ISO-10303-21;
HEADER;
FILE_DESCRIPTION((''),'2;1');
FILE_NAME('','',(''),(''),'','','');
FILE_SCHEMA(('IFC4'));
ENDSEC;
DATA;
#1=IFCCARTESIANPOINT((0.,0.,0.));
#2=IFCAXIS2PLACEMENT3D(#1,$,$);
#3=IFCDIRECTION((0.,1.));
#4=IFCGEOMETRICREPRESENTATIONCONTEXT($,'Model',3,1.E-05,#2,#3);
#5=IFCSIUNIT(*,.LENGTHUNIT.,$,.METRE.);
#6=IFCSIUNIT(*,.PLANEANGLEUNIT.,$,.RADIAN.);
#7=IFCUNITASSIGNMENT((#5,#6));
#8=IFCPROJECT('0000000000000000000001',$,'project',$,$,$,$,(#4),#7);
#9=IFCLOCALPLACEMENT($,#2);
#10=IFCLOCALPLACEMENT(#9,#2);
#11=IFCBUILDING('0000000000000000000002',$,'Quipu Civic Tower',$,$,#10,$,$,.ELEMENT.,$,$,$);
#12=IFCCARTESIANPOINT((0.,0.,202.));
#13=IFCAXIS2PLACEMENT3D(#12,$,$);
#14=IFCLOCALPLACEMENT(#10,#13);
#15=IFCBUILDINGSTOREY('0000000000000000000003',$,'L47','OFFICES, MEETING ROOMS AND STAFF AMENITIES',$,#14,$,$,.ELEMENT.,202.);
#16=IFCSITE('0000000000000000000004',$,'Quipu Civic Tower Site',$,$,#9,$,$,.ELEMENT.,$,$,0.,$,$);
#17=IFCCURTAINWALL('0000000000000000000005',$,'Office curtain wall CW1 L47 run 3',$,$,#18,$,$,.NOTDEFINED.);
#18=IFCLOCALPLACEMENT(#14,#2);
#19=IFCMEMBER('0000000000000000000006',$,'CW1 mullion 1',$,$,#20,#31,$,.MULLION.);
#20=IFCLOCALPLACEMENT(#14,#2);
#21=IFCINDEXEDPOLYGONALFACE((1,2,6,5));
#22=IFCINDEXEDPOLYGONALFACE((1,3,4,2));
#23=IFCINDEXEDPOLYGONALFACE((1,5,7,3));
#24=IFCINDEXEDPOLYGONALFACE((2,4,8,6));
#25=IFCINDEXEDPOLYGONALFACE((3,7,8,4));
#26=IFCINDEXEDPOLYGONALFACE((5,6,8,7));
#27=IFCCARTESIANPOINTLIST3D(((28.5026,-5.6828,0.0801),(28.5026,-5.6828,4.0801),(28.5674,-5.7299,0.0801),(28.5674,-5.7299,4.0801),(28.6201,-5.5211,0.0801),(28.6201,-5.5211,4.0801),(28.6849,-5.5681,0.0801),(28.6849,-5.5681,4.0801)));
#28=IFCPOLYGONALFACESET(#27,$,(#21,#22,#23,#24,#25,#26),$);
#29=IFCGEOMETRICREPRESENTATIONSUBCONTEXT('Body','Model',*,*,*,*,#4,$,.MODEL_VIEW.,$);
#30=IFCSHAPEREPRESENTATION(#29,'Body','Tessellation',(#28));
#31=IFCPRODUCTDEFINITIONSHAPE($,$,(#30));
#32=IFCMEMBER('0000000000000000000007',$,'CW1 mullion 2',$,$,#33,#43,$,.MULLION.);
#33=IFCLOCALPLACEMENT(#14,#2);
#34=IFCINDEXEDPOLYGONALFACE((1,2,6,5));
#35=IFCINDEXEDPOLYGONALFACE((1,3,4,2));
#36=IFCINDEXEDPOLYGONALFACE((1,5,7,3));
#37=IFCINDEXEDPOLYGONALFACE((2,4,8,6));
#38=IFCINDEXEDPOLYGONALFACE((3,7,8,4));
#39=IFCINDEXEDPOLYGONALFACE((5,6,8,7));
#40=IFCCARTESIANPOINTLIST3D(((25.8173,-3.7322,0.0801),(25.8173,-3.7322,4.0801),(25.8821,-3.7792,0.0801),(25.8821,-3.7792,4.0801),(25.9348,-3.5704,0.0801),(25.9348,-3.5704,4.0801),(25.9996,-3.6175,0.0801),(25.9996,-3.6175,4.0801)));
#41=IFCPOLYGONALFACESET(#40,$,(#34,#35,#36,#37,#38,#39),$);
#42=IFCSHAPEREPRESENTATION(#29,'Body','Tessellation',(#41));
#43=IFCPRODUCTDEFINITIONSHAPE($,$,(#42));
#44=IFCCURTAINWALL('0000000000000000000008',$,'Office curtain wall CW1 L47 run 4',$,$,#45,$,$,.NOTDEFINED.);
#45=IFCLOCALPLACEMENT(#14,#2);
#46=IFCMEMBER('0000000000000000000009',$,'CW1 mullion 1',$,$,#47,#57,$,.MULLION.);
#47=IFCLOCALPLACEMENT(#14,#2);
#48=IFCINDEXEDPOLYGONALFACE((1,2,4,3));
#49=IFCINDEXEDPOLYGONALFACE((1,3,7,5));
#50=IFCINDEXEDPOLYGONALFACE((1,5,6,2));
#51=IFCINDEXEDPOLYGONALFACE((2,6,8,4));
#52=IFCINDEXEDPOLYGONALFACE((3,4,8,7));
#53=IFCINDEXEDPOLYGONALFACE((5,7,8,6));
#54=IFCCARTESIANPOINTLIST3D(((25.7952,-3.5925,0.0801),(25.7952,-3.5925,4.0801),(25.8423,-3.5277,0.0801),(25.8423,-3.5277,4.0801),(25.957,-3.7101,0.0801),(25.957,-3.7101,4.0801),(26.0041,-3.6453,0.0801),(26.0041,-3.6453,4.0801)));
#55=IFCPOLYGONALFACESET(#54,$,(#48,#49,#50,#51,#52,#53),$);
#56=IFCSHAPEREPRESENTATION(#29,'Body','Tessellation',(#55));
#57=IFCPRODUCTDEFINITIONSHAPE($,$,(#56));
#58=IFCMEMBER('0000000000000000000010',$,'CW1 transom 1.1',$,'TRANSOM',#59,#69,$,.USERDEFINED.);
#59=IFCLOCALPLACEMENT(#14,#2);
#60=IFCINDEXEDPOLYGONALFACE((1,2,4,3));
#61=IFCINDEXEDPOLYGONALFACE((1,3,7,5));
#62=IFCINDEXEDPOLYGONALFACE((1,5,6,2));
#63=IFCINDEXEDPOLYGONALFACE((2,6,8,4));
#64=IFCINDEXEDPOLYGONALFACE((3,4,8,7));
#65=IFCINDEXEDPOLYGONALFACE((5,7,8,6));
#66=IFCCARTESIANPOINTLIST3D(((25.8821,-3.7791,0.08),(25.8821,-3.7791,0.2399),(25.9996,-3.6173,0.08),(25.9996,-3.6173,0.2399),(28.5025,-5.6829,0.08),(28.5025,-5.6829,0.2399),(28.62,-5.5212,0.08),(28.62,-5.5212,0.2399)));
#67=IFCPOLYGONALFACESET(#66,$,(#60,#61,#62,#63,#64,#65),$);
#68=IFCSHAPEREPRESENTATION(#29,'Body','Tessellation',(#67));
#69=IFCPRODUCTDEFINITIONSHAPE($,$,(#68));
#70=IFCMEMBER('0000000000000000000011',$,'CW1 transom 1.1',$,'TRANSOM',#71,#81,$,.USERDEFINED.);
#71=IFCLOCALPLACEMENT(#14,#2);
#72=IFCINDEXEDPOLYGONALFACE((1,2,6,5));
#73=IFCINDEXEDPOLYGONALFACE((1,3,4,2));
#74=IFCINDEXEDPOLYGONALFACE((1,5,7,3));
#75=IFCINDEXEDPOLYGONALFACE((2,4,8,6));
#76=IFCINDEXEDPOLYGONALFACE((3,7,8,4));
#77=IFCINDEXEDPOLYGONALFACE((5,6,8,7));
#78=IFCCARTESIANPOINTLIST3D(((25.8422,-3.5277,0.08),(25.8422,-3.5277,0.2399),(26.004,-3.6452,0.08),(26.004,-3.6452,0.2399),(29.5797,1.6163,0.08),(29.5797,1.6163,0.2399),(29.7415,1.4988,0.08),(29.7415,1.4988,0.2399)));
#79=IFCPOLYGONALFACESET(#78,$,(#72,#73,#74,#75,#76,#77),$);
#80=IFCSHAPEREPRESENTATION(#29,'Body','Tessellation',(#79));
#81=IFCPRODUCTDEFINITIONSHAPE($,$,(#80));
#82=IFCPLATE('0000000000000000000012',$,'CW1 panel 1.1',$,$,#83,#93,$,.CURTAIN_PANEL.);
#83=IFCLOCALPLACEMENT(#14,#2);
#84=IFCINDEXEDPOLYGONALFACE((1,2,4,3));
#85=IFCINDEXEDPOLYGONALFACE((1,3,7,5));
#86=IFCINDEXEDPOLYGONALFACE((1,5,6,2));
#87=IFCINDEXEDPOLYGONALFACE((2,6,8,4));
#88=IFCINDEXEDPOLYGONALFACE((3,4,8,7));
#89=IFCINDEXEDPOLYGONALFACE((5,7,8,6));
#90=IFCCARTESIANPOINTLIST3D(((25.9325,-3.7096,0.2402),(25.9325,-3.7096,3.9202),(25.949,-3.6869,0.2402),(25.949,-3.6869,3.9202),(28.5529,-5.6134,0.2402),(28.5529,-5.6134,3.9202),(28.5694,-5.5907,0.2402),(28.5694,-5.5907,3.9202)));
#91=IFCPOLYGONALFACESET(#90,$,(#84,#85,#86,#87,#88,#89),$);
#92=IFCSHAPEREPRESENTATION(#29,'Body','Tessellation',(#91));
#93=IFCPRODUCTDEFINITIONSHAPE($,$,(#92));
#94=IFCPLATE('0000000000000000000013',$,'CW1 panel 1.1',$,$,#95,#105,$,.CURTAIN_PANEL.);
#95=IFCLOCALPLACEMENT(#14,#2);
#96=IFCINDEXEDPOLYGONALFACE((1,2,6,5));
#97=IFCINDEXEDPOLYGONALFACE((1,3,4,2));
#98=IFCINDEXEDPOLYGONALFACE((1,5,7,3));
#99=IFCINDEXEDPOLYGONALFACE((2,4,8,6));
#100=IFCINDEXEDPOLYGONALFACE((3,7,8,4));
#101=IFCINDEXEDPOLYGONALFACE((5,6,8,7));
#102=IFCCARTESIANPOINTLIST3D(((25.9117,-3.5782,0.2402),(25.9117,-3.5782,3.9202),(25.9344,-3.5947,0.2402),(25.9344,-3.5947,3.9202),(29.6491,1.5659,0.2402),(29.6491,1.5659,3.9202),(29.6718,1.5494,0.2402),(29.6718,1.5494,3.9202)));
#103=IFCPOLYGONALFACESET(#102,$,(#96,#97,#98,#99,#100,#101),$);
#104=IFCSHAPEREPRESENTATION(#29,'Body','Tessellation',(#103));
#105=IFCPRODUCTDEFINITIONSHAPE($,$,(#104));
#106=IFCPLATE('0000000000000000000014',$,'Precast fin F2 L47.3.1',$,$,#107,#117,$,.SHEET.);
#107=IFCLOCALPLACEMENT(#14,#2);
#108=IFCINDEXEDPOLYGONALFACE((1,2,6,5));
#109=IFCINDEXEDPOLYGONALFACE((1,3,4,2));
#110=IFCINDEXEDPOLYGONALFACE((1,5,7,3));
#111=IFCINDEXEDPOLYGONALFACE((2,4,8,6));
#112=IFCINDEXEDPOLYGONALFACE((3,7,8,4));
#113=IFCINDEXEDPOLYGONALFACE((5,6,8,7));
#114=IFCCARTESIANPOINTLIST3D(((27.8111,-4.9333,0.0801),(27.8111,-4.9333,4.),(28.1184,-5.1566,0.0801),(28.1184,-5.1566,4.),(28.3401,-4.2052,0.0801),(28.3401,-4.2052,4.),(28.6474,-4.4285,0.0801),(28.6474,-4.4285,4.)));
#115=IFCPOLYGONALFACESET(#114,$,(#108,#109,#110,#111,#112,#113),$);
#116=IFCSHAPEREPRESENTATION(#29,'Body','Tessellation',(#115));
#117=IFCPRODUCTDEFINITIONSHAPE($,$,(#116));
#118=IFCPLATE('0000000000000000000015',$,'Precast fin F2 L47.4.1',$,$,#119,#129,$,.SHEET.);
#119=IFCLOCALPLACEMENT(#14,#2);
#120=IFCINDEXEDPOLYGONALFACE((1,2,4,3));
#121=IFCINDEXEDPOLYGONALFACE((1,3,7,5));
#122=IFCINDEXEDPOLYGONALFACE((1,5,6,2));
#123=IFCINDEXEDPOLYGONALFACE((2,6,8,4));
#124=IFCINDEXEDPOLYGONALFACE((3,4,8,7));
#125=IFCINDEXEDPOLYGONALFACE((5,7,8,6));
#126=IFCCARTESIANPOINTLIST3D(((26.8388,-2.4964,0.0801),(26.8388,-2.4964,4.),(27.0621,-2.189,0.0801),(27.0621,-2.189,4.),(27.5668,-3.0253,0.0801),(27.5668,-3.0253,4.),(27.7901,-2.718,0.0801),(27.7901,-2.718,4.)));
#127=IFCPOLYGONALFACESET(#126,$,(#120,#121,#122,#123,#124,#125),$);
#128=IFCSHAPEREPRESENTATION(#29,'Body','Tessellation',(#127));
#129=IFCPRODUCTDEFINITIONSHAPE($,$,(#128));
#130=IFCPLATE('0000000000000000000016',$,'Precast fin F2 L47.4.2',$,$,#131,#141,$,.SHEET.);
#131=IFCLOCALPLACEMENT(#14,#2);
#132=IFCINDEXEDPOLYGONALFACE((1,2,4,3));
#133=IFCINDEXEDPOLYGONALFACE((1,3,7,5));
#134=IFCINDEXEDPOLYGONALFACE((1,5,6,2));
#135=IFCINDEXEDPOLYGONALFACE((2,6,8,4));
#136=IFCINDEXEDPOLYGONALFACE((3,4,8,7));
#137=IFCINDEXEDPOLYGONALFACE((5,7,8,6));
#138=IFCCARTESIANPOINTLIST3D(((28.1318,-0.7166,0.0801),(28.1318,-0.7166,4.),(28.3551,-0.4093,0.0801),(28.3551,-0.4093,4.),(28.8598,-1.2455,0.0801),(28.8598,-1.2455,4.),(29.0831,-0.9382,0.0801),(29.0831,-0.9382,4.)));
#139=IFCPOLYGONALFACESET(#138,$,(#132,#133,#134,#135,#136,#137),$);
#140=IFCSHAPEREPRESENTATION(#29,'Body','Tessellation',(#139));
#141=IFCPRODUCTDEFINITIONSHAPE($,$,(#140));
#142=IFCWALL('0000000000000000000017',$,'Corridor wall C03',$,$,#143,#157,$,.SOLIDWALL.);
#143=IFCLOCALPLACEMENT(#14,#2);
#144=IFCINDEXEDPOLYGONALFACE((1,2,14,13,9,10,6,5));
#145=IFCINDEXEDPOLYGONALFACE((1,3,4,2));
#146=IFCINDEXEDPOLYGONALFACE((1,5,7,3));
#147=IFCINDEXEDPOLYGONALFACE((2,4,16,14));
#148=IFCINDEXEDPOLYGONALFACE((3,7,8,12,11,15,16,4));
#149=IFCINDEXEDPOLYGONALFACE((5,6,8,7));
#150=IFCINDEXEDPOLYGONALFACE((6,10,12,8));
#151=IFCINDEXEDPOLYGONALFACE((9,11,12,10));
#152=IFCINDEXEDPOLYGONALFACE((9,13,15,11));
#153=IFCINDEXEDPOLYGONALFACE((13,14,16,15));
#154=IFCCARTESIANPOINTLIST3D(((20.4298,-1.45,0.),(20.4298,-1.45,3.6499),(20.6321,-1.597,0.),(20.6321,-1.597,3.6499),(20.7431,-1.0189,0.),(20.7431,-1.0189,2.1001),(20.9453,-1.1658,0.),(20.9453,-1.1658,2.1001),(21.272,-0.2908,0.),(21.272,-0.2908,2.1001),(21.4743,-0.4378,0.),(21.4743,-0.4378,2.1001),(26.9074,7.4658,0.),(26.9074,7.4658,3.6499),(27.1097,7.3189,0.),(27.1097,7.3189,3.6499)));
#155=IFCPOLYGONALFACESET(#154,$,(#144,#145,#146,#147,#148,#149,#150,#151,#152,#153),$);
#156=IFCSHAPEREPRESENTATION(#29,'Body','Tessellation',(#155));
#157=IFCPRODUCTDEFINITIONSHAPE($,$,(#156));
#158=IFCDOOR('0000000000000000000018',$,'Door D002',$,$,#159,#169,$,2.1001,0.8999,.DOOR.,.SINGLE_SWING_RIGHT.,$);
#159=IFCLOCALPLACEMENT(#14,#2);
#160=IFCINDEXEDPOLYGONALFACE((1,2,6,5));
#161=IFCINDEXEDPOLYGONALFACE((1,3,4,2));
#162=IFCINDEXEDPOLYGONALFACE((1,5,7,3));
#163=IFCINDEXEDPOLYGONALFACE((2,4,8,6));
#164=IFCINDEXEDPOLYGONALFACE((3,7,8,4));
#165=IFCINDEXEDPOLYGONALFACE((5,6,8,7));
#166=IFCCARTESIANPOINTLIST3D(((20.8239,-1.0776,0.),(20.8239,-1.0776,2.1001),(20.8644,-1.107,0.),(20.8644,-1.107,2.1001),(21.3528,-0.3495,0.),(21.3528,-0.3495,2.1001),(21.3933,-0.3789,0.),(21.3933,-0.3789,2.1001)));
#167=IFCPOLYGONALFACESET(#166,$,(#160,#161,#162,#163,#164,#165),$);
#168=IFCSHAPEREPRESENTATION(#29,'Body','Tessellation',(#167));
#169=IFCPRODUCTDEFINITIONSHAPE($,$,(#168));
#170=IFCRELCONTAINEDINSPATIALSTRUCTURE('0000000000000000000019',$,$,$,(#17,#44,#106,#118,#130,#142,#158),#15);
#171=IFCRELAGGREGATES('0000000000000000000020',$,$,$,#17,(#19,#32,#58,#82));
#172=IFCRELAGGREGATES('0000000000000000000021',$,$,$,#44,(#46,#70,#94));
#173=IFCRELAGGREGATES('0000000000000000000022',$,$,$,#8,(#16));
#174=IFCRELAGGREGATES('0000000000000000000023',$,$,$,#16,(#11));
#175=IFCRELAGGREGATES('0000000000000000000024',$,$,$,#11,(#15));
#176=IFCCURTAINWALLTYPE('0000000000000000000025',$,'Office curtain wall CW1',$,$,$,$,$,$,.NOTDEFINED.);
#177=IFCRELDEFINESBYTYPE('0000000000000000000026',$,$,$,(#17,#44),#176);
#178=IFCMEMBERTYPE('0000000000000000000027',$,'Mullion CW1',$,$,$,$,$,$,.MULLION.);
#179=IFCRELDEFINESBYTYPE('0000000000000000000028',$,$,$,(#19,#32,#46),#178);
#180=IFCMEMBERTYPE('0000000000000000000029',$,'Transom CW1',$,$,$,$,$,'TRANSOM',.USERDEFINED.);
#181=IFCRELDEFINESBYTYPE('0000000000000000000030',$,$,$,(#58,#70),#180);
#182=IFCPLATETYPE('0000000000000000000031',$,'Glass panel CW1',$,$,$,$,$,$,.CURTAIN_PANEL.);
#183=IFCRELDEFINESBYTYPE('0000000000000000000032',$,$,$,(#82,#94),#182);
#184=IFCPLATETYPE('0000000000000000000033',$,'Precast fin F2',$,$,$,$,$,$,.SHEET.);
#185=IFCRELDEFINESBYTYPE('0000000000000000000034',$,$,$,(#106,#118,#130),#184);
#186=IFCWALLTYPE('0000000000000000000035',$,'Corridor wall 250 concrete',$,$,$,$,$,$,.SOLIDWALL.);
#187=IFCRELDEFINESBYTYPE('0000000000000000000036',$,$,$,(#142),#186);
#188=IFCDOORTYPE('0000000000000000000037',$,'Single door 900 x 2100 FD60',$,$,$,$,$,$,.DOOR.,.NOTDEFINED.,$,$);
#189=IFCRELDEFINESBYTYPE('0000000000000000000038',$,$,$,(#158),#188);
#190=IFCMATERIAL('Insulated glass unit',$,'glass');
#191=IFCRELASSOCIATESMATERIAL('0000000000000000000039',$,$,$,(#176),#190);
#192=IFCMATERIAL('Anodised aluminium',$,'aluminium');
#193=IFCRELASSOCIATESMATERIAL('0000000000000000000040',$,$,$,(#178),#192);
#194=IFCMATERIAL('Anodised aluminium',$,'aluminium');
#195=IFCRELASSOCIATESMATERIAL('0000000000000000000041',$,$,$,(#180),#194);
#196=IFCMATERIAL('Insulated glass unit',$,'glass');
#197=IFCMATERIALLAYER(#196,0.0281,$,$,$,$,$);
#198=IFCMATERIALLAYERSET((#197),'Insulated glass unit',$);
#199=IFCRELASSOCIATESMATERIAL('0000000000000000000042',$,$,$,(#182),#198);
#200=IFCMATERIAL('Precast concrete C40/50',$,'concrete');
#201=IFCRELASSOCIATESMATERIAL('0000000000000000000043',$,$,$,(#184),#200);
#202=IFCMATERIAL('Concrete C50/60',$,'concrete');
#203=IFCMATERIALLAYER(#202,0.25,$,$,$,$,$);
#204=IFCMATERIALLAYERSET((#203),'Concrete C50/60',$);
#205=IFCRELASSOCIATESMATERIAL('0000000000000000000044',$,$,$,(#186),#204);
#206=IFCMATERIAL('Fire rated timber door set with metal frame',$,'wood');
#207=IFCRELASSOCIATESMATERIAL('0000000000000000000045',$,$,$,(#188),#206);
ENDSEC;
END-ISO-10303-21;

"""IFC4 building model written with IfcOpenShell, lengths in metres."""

from ifc_helpers import new_model, si_unit, direction, frame, frame_2d, origin, origin_2d, place, context, subcontext, project, spatial, rectangle, extrude, material, layer, layer_set, material_profile, profile_set, type_object, element, fill, aggregate, save


model = new_model("IFC4")

# Units and contexts
model_context = context("Model", 3, precision=1e-05, world=origin(), true_north=direction((0.0, 1.0)))
body_context = subcontext(model_context, "Body", "Model", "MODEL_VIEW")
ifc_project = project(units=[si_unit("LENGTHUNIT", "METRE"), si_unit("PLANEANGLEUNIT", "RADIAN")], contexts=[model_context])

# Site, building, storey
site_placement = place(None, origin())
site = spatial("IfcSite", under=ifc_project, at=site_placement, Name="Quipu Civic Tower Site", CompositionType="ELEMENT", RefElevation=0.0)
building_placement = place(site_placement, origin())
building = spatial("IfcBuilding", under=site, at=building_placement, Name="Quipu Civic Tower", CompositionType="ELEMENT")
storey_placement = place(building_placement, frame((0.0, 0.0, 202.0)))
storey = spatial("IfcBuildingStorey", under=building, at=storey_placement, Name="L47", Description="OFFICES, MEETING ROOMS AND STAFF AMENITIES", CompositionType="ELEMENT", Elevation=202.0)

# Curtain wall, members
ifc_material_1 = material(Name="Insulated glass unit", Category="glass")
curtain_wall_type = type_object("IfcCurtainWallType", Name="Office curtain wall CW1", PredefinedType="NOTDEFINED", material=ifc_material_1)
curtain_wall_1_placement = place(storey_placement, origin())
curtain_wall_1 = element("IfcCurtainWall", 1, at=curtain_wall_1_placement, inside=storey, type_object=curtain_wall_type, Name="Office curtain wall CW1 L47 run 3", PredefinedType="NOTDEFINED")
ifc_material_2 = material(Name="Anodised aluminium", Category="aluminium")
ifc_material_profile_1 = material_profile(ifc_material_2, rectangle(XDim=0.2, YDim=0.0801, at=origin_2d()), Name="RECT 200x80")
ifc_profile_set_1 = profile_set([ifc_material_profile_1], Name="Anodised aluminium")
member_type_1 = type_object("IfcMemberType", Name="Mullion CW1", PredefinedType="MULLION", material=ifc_profile_set_1)
member_1_placement = place(storey_placement, frame((28.5938, -5.6255, 0.0801), z_axis=(0.0, 0.0, 1.0), x_axis=(-0.587782, -0.80902, 0.0)))
member_1 = element("IfcMember", 2, at=member_1_placement, type_object=member_type_1, Name="CW1 mullion 1", PredefinedType="MULLION", context=body_context, shape_type="SweptSolid", body=[
    extrude(rectangle(XDim=0.2, YDim=0.0801, at=origin_2d()), origin(), (0.0, 0.0, 1.0), 4.0),
])
member_2_placement = place(storey_placement, frame((25.9084, -3.6748, 0.0801), z_axis=(0.0, 0.0, 1.0), x_axis=(-0.587782, -0.80902, 0.0)))
member_2 = element("IfcMember", 3, at=member_2_placement, type_object=member_type_1, Name="CW1 mullion 2", PredefinedType="MULLION", context=body_context, shape_type="SweptSolid", body=[
    extrude(rectangle(XDim=0.2, YDim=0.0801, at=origin_2d()), origin(), (0.0, 0.0, 1.0), 4.0),
])

# Curtain wall, member
curtain_wall_2_placement = place(storey_placement, origin())
curtain_wall_2 = element("IfcCurtainWall", 4, at=curtain_wall_2_placement, inside=storey, type_object=curtain_wall_type, Name="Office curtain wall CW1 L47 run 4", PredefinedType="NOTDEFINED")
member_3_placement = place(storey_placement, frame((25.8997, -3.6189, 0.0801), z_axis=(0.0, 0.0, 1.0), x_axis=(-0.809011, 0.587793, 0.0)))
member_3 = element("IfcMember", 5, at=member_3_placement, type_object=member_type_1, Name="CW1 mullion 1", PredefinedType="MULLION", context=body_context, shape_type="SweptSolid", body=[
    extrude(rectangle(XDim=0.2, YDim=0.0801, at=origin_2d()), origin(), (0.0, 0.0, 1.0), 4.0),
])

# Members
ifc_material_3 = material(Name="Anodised aluminium", Category="aluminium")
ifc_material_profile_2 = material_profile(ifc_material_3, rectangle(XDim=0.2, YDim=0.1599, at=origin_2d()), Name="RECT 200x160")
ifc_profile_set_2 = profile_set([ifc_material_profile_2], Name="Anodised aluminium")
member_type_2 = type_object("IfcMemberType", Name="Transom CW1", ElementType="TRANSOM", PredefinedType="USERDEFINED", material=ifc_profile_set_2)
member_4_placement = place(storey_placement, frame((28.5613, -5.6021, 0.1599), z_axis=(-0.809016, 0.587786, 0.0), x_axis=(-0.587786, -0.809016, 0.0)))
member_4 = element("IfcMember", 6, at=member_4_placement, type_object=member_type_2, Name="CW1 transom 1.1", ObjectType="TRANSOM", PredefinedType="USERDEFINED", context=body_context, shape_type="SweptSolid", body=[
    extrude(rectangle(XDim=0.2, YDim=0.1599, at=origin_2d()), origin(), (0.0, 0.0, 1.0), 3.239),
])
member_5_placement = place(storey_placement, frame((25.9231, -3.5864, 0.1599), z_axis=(0.587804, 0.809003, 0.0), x_axis=(-0.809003, 0.587804, 0.0)))
member_5 = element("IfcMember", 7, at=member_5_placement, type_object=member_type_2, Name="CW1 transom 1.1", ObjectType="TRANSOM", PredefinedType="USERDEFINED", context=body_context, shape_type="SweptSolid", body=[
    extrude(rectangle(XDim=0.2, YDim=0.1599, at=origin_2d()), origin(), (0.0, 0.0, 1.0), 6.3584),
])

# Plates
ifc_material_4 = material(Name="Insulated glass unit", Category="glass")
ifc_layer_1 = layer(ifc_material_4, 0.0281)
ifc_layer_set_1 = layer_set([ifc_layer_1], Name="Insulated glass unit")
plate_type_1 = type_object("IfcPlateType", Name="Glass panel CW1", PredefinedType="CURTAIN_PANEL", material=ifc_layer_set_1)
plate_1_placement = place(storey_placement, frame((27.251, -4.6501, 0.2402), z_axis=(0.0, 0.0, 1.0), x_axis=(-0.80902, 0.587782, 0.0)))
plate_1 = element("IfcPlate", 8, at=plate_1_placement, type_object=plate_type_1, Name="CW1 panel 1.1", PredefinedType="CURTAIN_PANEL", context=body_context, shape_type="SweptSolid", body=[
    extrude(rectangle(XDim=3.239, YDim=0.0281, at=origin_2d()), origin(), (0.0, 0.0, 1.0), 3.6799),
])
aggregate(curtain_wall_1, [member_1, member_2, member_4, plate_1])
plate_2_placement = place(storey_placement, frame((27.7917, -1.0144, 0.2402), z_axis=(0.0, 0.0, 1.0), x_axis=(0.587793, 0.809011, 0.0)))
plate_2 = element("IfcPlate", 9, at=plate_2_placement, type_object=plate_type_1, Name="CW1 panel 1.1", PredefinedType="CURTAIN_PANEL", context=body_context, shape_type="SweptSolid", body=[
    extrude(rectangle(XDim=6.3584, YDim=0.0281, at=origin_2d()), origin(), (0.0, 0.0, 1.0), 3.6799),
])
aggregate(curtain_wall_2, [member_3, member_5, plate_2])

# Plates
ifc_material_5 = material(Name="Precast concrete C40/50", Category="concrete")
plate_type_2 = type_object("IfcPlateType", Name="Precast fin F2", PredefinedType="SHEET", material=ifc_material_5)
for number, where, z_axis, x_axis, name in (
    (10, (28.2292, -4.6809, 0.0801), (0.0, 0.0, 1.0), (-0.809019, 0.587782, 0.0), "Precast fin F2 L47.3.1"),
    (11, (27.3145, -2.6072, 0.0801), (0.0, 0.0, 1.0), (0.587791, 0.809013, 0.0), "Precast fin F2 L47.4.1"),
    (12, (28.6074, -0.8274, 0.0801), (0.0, 0.0, 1.0), (0.587791, 0.809013, 0.0), "Precast fin F2 L47.4.2"),
):
    element("IfcPlate", number, at=place(storey_placement, frame(where, z_axis=z_axis, x_axis=x_axis)), inside=storey, type_object=plate_type_2, Name=name, PredefinedType="SHEET", context=body_context, shape_type="SweptSolid", body=[
        extrude(rectangle(XDim=0.3799, YDim=0.8999, at=origin_2d()), origin(), (0.0, 0.0, 1.0), 3.9199),
    ])

# Wall, opening, door
ifc_material_6 = material(Name="Concrete C50/60", Category="concrete")
ifc_layer_2 = layer(ifc_material_6, 0.25)
ifc_layer_set_2 = layer_set([ifc_layer_2], Name="Concrete C50/60")
wall_type_1 = type_object("IfcWallType", Name="Corridor wall 250 concrete", PredefinedType="SOLIDWALL", material=ifc_layer_set_2)
wall_1_placement = place(storey_placement, frame((27.0085, 7.3923, 0.0), z_axis=(0.0, 0.0, 1.0), x_axis=(-0.587776, -0.809023, 0.0)))
wall_1 = element("IfcWall", 13, at=wall_1_placement, inside=storey, type_object=wall_type_1, Name="Corridor wall C03", PredefinedType="SOLIDWALL", context=body_context, shape_type="SweptSolid", body=[
    extrude(rectangle(XDim=11.0205, YDim=0.25, at=frame_2d((5.5103, 0.0))), origin(), (0.0, 0.0, 1.0), 3.6499),
])
opening_1_placement = place(wall_1_placement, frame((9.5876, 0.0, 0.0)))
opening_1 = element("IfcOpeningElement", 14, at=opening_1_placement, cuts=wall_1, PredefinedType="OPENING", context=body_context, shape_type="SweptSolid", body=[
    extrude(rectangle(XDim=0.8999, YDim=2.1001, at=frame_2d((0.45, 1.05))), frame((0.0, 0.135, 0.0), z_axis=(0.0, -1.0, 0.0), x_axis=(1.0, 0.0, 0.0)), (0.0, 0.0, 1.0), 0.27),
])
ifc_material_7 = material(Name="Fire rated timber door set with metal frame", Category="wood")
door_type_1 = type_object("IfcDoorType", Name="Single door 900 x 2100 FD60", OperationType="NOTDEFINED", PredefinedType="DOOR", material=ifc_material_7)
door_1_placement = place(opening_1_placement, origin())
door_1 = element("IfcDoor", 15, at=door_1_placement, inside=storey, type_object=door_type_1, Name="Door D002", OperationType="SINGLE_SWING_RIGHT", OverallHeight=2.1001, OverallWidth=0.8999, PredefinedType="DOOR", context=body_context, shape_type="SweptSolid", body=[
    extrude(rectangle(XDim=0.8999, YDim=2.1001, at=frame_2d((0.45, 1.05))), frame((0.0, 0.0249, 0.0), z_axis=(0.0, -1.0, 0.0), x_axis=(1.0, 0.0, 0.0)), (0.0, 0.0, 1.0), 0.05),
])
fill(opening_1, door_1)

save(model, "model.ifc")
